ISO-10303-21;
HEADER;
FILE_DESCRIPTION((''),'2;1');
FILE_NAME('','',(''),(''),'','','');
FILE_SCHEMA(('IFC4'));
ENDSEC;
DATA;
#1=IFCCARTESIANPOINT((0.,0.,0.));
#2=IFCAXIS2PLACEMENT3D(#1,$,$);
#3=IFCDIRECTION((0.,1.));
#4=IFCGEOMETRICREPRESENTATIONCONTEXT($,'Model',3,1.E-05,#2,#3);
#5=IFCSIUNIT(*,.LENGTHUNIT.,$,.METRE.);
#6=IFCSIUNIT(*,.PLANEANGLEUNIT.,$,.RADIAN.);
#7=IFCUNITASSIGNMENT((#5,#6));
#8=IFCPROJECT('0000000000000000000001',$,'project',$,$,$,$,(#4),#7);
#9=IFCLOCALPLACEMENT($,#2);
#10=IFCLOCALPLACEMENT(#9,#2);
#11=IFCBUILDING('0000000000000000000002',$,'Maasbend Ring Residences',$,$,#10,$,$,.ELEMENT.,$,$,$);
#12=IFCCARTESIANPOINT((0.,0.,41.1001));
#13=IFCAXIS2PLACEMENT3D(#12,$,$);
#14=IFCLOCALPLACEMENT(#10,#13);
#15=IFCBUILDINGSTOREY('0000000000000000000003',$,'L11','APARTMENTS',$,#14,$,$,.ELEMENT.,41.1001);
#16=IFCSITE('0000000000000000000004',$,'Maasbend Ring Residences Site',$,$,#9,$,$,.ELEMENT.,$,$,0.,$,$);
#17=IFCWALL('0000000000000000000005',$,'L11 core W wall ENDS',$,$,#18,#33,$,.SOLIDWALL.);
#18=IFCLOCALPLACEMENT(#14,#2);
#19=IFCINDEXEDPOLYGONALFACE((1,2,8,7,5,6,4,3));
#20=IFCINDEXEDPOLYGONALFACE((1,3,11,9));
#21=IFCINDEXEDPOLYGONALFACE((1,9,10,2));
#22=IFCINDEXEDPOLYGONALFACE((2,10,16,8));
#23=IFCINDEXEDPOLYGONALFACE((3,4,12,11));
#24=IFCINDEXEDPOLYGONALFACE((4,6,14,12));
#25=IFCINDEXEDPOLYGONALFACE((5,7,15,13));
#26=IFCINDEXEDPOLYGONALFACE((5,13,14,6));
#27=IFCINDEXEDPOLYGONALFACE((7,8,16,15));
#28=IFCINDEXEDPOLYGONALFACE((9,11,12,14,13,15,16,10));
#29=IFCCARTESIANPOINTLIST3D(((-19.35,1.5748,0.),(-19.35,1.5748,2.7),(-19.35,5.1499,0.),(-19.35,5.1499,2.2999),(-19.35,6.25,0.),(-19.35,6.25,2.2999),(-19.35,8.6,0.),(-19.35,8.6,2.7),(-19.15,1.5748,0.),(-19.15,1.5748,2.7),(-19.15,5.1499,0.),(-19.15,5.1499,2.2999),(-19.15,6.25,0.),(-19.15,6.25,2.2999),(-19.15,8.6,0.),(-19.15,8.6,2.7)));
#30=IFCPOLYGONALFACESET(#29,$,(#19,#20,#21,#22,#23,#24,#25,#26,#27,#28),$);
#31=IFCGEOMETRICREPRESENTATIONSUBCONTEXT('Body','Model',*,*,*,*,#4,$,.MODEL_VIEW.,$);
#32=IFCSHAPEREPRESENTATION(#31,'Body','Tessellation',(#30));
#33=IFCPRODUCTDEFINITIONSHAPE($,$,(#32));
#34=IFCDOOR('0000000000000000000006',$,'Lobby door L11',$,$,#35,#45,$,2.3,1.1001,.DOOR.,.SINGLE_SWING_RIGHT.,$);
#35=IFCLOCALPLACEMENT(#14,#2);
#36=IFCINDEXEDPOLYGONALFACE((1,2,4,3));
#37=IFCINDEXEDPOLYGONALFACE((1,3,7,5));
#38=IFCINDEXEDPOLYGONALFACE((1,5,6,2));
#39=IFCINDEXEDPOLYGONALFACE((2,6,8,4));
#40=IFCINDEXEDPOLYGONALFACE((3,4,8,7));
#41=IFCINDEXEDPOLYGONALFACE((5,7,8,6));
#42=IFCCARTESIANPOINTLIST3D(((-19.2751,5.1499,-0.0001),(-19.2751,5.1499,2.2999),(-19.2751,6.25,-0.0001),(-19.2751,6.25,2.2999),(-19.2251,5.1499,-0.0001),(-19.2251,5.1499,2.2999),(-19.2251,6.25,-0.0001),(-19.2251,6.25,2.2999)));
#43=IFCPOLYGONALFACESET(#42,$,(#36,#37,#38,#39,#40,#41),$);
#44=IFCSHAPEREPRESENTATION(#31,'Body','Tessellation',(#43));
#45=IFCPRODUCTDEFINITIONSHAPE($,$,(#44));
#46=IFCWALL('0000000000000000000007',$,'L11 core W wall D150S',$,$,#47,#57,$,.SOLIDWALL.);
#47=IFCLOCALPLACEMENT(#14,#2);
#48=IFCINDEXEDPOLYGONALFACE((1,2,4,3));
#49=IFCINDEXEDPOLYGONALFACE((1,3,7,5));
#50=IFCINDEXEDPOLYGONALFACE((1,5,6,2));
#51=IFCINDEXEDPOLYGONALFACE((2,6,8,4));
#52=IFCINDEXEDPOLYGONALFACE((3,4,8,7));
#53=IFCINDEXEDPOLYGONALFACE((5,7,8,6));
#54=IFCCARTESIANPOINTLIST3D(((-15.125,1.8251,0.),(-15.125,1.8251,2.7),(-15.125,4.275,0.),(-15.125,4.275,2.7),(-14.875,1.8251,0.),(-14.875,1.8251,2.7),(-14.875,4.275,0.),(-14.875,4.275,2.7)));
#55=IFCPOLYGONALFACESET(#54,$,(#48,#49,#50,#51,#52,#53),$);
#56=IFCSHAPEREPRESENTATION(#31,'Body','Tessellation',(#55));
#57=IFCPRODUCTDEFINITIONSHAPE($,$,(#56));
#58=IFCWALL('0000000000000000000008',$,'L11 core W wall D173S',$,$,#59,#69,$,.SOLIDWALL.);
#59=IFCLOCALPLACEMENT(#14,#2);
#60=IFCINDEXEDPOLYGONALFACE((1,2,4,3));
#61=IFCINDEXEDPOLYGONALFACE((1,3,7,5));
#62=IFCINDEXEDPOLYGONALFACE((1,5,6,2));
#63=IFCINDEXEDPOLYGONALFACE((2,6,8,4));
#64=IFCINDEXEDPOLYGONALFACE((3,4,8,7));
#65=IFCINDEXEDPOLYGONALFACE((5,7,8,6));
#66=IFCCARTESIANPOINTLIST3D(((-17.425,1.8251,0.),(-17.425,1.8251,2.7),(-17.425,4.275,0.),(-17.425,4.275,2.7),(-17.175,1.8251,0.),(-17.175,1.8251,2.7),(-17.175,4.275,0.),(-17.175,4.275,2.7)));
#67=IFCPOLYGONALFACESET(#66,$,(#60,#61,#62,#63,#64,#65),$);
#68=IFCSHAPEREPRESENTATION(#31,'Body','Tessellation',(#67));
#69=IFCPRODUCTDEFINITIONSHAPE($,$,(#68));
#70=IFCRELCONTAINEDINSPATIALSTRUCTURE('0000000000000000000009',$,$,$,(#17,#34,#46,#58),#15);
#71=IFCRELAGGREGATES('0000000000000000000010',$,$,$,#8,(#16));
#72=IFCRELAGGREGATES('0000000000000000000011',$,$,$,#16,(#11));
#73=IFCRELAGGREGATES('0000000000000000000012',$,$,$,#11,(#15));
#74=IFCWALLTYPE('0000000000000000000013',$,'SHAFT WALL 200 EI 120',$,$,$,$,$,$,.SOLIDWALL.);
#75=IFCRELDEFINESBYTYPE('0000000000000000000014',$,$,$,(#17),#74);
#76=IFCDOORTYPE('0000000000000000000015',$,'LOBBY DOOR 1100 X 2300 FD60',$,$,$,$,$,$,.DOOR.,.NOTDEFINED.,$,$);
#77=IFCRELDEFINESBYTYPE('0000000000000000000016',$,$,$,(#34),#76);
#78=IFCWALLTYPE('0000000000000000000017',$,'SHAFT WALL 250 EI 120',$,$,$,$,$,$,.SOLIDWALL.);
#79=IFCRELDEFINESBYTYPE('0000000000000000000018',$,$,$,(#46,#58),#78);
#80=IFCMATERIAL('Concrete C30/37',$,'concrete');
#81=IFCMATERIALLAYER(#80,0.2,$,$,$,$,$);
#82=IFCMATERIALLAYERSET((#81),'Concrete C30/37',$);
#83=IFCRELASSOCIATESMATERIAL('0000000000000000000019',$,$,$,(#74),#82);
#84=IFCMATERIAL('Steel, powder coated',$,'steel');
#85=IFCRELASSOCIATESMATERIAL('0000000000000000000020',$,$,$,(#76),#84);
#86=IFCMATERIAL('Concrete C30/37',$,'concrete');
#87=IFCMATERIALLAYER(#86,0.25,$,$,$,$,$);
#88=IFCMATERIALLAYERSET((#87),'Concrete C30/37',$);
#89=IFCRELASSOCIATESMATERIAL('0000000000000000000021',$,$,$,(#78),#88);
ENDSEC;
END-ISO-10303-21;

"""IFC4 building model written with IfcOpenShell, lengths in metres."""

from ifc_helpers import new_model, si_unit, direction, frame, frame_2d, origin, place, context, subcontext, project, spatial, rectangle, extrude, material, layer, layer_set, type_object, element, fill, save


model = new_model("IFC4")

# Units and contexts
model_context = context("Model", 3, precision=1e-05, world=origin(), true_north=direction((0.0, 1.0)))
body_context = subcontext(model_context, "Body", "Model", "MODEL_VIEW")
ifc_project = project(units=[si_unit("LENGTHUNIT", "METRE"), si_unit("PLANEANGLEUNIT", "RADIAN")], contexts=[model_context])

# Site, building, storey
site_placement = place(None, origin())
site = spatial("IfcSite", under=ifc_project, at=site_placement, Name="Maasbend Ring Residences Site", CompositionType="ELEMENT", RefElevation=0.0)
building_placement = place(site_placement, origin())
building = spatial("IfcBuilding", under=site, at=building_placement, Name="Maasbend Ring Residences", CompositionType="ELEMENT")
storey_placement = place(building_placement, frame((0.0, 0.0, 41.1001)))
storey = spatial("IfcBuildingStorey", under=building, at=storey_placement, Name="L11", Description="APARTMENTS", CompositionType="ELEMENT", Elevation=41.1001)

# Wall, opening, door
ifc_material_1 = material(Name="Concrete C30/37", Category="concrete")
ifc_layer_1 = layer(ifc_material_1, 0.2)
ifc_layer_set_1 = layer_set([ifc_layer_1], Name="Concrete C30/37")
wall_type_1 = type_object("IfcWallType", Name="SHAFT WALL 200 EI 120", PredefinedType="SOLIDWALL", material=ifc_layer_set_1)
wall_1_placement = place(storey_placement, frame((-19.25, 8.6001, 0.0), z_axis=(0.0, 0.0, 1.0), x_axis=(0.0, -1.0, 0.0)))
wall_1 = element("IfcWall", 1, at=wall_1_placement, inside=storey, type_object=wall_type_1, Name="L11 core W wall ENDS", PredefinedType="SOLIDWALL", context=body_context, shape_type="SweptSolid", body=[
    extrude(rectangle(XDim=7.0251, YDim=0.2, at=frame_2d((3.5127, 0.0))), origin(), (0.0, 0.0, 1.0), 2.7),
])
opening_1_placement = place(wall_1_placement, frame((2.3501, 0.0, 0.0)))
opening_1 = element("IfcOpeningElement", 2, at=opening_1_placement, cuts=wall_1, PredefinedType="OPENING", context=body_context, shape_type="SweptSolid", body=[
    extrude(rectangle(XDim=1.1001, YDim=2.3, at=frame_2d((0.55, 1.1499))), frame((0.0, 0.1099, 0.0), z_axis=(0.0, -1.0, 0.0), x_axis=(1.0, 0.0, 0.0)), (0.0, 0.0, 1.0), 0.22),
])
ifc_material_2 = material(Name="Steel, powder coated", Category="steel")
door_type_1 = type_object("IfcDoorType", Name="LOBBY DOOR 1100 X 2300 FD60", OperationType="NOTDEFINED", PredefinedType="DOOR", material=ifc_material_2)
door_1_placement = place(opening_1_placement, origin())
door_1 = element("IfcDoor", 3, at=door_1_placement, inside=storey, type_object=door_type_1, Name="Lobby door L11", OperationType="SINGLE_SWING_RIGHT", OverallHeight=2.3, OverallWidth=1.1001, PredefinedType="DOOR", context=body_context, shape_type="SweptSolid", body=[
    extrude(rectangle(XDim=1.1001, YDim=2.3, at=frame_2d((0.55, 1.1499))), frame((0.0, 0.0249, 0.0), z_axis=(0.0, -1.0, 0.0), x_axis=(1.0, 0.0, 0.0)), (0.0, 0.0, 1.0), 0.05),
])
fill(opening_1, door_1)

# Walls
ifc_material_3 = material(Name="Concrete C30/37", Category="concrete")
ifc_layer_2 = layer(ifc_material_3, 0.25)
ifc_layer_set_2 = layer_set([ifc_layer_2], Name="Concrete C30/37")
wall_type_2 = type_object("IfcWallType", Name="SHAFT WALL 250 EI 120", PredefinedType="SOLIDWALL", material=ifc_layer_set_2)
for number, where, z_axis, x_axis, name in (
    (4, (-15.0, 1.825, 0.0), (0.0, 0.0, 1.0), (0.0, 1.0, 0.0), "L11 core W wall D150S"),
    (5, (-17.3, 1.825, 0.0), (0.0, 0.0, 1.0), (0.0, 1.0, 0.0), "L11 core W wall D173S"),
):
    element("IfcWall", number, at=place(storey_placement, frame(where, z_axis=z_axis, x_axis=x_axis)), inside=storey, type_object=wall_type_2, Name=name, PredefinedType="SOLIDWALL", context=body_context, shape_type="SweptSolid", body=[
        extrude(rectangle(XDim=2.45, YDim=0.25, at=frame_2d((1.2251, 0.0))), origin(), (0.0, 0.0, 1.0), 2.7),
    ])

save(model, "model.ifc")
